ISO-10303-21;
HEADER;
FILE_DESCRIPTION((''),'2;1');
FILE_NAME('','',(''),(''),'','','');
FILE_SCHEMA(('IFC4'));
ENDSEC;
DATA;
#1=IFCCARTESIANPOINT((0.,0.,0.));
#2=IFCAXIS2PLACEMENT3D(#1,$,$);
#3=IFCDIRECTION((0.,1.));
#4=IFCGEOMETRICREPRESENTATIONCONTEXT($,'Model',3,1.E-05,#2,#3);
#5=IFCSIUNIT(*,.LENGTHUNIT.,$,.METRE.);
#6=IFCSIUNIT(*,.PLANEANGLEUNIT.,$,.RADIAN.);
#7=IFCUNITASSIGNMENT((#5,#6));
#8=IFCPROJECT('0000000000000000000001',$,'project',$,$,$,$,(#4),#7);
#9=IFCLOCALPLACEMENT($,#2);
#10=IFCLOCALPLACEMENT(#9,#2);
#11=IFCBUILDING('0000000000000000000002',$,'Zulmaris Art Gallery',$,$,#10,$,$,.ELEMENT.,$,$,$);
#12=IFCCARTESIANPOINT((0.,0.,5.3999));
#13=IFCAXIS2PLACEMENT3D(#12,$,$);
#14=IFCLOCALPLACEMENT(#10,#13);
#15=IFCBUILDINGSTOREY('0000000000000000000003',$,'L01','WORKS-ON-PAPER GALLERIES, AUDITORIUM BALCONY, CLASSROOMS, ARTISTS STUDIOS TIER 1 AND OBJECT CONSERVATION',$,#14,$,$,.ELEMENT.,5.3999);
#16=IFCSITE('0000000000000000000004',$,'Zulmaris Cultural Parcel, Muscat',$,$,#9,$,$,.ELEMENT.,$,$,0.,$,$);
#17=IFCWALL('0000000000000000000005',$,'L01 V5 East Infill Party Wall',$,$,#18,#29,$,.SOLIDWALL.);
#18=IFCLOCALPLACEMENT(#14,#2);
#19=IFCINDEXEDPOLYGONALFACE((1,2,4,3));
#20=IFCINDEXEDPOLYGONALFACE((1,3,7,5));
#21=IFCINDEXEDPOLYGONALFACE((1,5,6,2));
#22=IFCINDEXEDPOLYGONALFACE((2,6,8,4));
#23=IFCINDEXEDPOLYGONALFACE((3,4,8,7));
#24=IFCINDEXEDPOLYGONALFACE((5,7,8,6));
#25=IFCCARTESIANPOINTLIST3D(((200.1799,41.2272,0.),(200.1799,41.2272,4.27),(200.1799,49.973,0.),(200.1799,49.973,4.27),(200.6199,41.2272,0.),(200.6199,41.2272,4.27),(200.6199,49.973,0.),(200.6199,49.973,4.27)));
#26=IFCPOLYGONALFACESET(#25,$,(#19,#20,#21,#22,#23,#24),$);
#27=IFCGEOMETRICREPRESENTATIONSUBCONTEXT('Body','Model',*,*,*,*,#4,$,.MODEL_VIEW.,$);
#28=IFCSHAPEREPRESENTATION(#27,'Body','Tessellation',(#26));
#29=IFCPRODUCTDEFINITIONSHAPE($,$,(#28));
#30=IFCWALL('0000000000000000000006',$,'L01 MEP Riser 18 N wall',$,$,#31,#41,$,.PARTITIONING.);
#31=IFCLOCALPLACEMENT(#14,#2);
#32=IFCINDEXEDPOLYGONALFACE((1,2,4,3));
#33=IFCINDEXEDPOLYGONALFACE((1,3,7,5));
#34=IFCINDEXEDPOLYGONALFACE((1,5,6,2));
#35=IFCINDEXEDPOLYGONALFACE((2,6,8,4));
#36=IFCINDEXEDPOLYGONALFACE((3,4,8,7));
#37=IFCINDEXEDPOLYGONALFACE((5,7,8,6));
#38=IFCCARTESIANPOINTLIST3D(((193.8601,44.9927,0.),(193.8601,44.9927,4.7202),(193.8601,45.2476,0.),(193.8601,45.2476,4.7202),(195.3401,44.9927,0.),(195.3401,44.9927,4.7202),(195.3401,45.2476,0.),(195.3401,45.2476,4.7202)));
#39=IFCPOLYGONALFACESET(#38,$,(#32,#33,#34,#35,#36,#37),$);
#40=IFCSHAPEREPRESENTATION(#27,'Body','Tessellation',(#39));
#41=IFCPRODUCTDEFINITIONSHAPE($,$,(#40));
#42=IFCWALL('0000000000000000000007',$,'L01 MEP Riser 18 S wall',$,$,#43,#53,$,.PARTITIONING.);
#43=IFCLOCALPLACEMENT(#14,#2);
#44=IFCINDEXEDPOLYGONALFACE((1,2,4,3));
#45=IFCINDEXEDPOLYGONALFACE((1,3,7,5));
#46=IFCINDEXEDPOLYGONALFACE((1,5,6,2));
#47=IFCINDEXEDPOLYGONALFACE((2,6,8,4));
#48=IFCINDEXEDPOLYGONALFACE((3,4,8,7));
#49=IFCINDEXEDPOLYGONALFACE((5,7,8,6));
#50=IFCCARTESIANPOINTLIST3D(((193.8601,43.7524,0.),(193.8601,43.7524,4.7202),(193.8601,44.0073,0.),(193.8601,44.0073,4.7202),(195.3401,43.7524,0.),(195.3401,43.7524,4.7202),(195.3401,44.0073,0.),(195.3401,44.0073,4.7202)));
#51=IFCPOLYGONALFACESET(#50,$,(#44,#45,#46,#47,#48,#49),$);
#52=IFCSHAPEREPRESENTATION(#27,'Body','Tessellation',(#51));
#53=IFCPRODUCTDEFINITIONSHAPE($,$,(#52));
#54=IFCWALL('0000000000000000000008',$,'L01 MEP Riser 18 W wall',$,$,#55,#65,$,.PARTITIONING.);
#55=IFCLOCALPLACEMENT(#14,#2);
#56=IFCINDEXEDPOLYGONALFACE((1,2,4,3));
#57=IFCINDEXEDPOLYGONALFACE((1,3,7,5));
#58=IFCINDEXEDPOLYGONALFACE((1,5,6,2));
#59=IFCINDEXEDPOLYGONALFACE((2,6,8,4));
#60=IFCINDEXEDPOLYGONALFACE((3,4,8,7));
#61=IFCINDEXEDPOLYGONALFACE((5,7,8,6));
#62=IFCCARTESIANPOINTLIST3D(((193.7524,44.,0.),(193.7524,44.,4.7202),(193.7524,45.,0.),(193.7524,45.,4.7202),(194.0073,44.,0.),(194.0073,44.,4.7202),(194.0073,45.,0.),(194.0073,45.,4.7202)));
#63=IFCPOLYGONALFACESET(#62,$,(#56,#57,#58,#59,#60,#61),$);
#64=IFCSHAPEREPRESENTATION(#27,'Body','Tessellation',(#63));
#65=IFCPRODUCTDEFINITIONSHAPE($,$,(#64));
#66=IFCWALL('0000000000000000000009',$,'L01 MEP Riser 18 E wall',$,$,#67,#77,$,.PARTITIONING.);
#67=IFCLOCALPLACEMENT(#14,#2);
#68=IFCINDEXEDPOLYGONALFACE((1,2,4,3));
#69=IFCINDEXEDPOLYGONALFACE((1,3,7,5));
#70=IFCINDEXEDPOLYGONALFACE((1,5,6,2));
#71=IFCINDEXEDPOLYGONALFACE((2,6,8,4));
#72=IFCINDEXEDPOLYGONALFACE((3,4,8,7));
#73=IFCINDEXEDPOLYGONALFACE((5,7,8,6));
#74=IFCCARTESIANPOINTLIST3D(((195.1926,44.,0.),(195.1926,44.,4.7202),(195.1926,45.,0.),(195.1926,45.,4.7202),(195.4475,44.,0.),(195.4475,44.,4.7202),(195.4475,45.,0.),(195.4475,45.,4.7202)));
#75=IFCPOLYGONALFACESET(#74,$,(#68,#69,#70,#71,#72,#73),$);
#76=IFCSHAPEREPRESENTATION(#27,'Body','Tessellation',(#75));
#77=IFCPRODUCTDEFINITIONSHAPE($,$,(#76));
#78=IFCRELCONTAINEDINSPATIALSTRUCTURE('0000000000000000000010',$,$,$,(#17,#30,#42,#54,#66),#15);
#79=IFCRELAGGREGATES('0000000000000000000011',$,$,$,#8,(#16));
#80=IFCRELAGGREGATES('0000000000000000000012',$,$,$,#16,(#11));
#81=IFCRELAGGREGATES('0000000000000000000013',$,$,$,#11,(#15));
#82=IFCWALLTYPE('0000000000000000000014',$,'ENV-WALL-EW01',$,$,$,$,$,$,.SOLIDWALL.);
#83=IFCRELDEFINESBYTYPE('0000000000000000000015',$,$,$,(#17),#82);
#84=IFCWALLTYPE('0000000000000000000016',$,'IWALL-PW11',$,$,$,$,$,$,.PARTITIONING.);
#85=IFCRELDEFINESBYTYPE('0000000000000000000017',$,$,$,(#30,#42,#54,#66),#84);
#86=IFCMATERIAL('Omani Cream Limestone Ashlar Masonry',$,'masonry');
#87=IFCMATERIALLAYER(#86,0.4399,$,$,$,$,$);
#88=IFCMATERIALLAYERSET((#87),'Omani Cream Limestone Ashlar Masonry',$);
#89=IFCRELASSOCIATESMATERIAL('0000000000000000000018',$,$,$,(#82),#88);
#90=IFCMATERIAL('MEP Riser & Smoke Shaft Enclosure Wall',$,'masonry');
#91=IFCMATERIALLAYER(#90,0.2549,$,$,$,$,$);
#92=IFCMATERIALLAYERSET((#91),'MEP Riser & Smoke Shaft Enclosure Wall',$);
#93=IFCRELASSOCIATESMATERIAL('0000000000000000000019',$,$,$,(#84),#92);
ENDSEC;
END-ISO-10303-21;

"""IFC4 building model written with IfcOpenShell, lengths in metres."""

from ifc_helpers import new_model, si_unit, direction, frame, frame_2d, origin, place, context, subcontext, project, spatial, rectangle, extrude, material, layer, layer_set, type_object, element, save


model = new_model("IFC4")

# Units and contexts
model_context = context("Model", 3, precision=1e-05, world=origin(), true_north=direction((0.0, 1.0)))
body_context = subcontext(model_context, "Body", "Model", "MODEL_VIEW")
ifc_project = project(units=[si_unit("LENGTHUNIT", "METRE"), si_unit("PLANEANGLEUNIT", "RADIAN")], contexts=[model_context])

# Site, building, storey
site_placement = place(None, origin())
site = spatial("IfcSite", under=ifc_project, at=site_placement, Name="Zulmaris Cultural Parcel, Muscat", CompositionType="ELEMENT", RefElevation=0.0)
building_placement = place(site_placement, origin())
building = spatial("IfcBuilding", under=site, at=building_placement, Name="Zulmaris Art Gallery", CompositionType="ELEMENT")
storey_placement = place(building_placement, frame((0.0, 0.0, 5.3999)))
storey = spatial("IfcBuildingStorey", under=building, at=storey_placement, Name="L01", Description="WORKS-ON-PAPER GALLERIES, AUDITORIUM BALCONY, CLASSROOMS, ARTISTS STUDIOS TIER 1 AND OBJECT CONSERVATION", CompositionType="ELEMENT", Elevation=5.3999)

# Walls
ifc_material_1 = material(Name="Omani Cream Limestone Ashlar Masonry", Category="masonry")
ifc_layer_1 = layer(ifc_material_1, 0.4399)
ifc_layer_set_1 = layer_set([ifc_layer_1], Name="Omani Cream Limestone Ashlar Masonry")
wall_type_1 = type_object("IfcWallType", Name="ENV-WALL-EW01", PredefinedType="SOLIDWALL", material=ifc_layer_set_1)
wall_placement = place(storey_placement, frame((200.3999, 41.2271, 0.0), z_axis=(0.0, 0.0, 1.0), x_axis=(0.0, 1.0, 0.0)))
element("IfcWall", 1, at=wall_placement, inside=storey, type_object=wall_type_1, Name="L01 V5 East Infill Party Wall", PredefinedType="SOLIDWALL", context=body_context, shape_type="SweptSolid", body=[
    extrude(rectangle(XDim=8.7458, YDim=0.4399, at=frame_2d((4.373, 0.0))), origin(), (0.0, 0.0, 1.0), 4.27),
])
ifc_material_2 = material(Name="MEP Riser & Smoke Shaft Enclosure Wall", Category="masonry")
ifc_layer_2 = layer(ifc_material_2, 0.2549)
ifc_layer_set_2 = layer_set([ifc_layer_2], Name="MEP Riser & Smoke Shaft Enclosure Wall")
wall_type_2 = type_object("IfcWallType", Name="IWALL-PW11", PredefinedType="PARTITIONING", material=ifc_layer_set_2)
for number, where, z_axis, x_axis, name in (
    (2, (193.8601, 45.1201, 0.0), (0.0, 0.0, 1.0), (1.0, 0.0, 0.0), "L01 MEP Riser 18 N wall"),
    (3, (193.8601, 43.8799, 0.0), (0.0, 0.0, 1.0), (1.0, 0.0, 0.0), "L01 MEP Riser 18 S wall"),
):
    element("IfcWall", number, at=place(storey_placement, frame(where, z_axis=z_axis, x_axis=x_axis)), inside=storey, type_object=wall_type_2, Name=name, PredefinedType="PARTITIONING", context=body_context, shape_type="SweptSolid", body=[
        extrude(rectangle(XDim=1.48, YDim=0.2549, at=frame_2d((0.74, 0.0))), origin(), (0.0, 0.0, 1.0), 4.7202),
    ])
for number, where, z_axis, x_axis, name in (
    (4, (193.8799, 44.0, 0.0), (0.0, 0.0, 1.0), (0.0, 1.0, 0.0), "L01 MEP Riser 18 W wall"),
    (5, (195.3201, 44.0, 0.0), (0.0, 0.0, 1.0), (0.0, 1.0, 0.0), "L01 MEP Riser 18 E wall"),
):
    element("IfcWall", number, at=place(storey_placement, frame(where, z_axis=z_axis, x_axis=x_axis)), inside=storey, type_object=wall_type_2, Name=name, PredefinedType="PARTITIONING", context=body_context, shape_type="SweptSolid", body=[
        extrude(rectangle(XDim=1.0, YDim=0.2549, at=frame_2d((0.5, 0.0))), origin(), (0.0, 0.0, 1.0), 4.7202),
    ])

save(model, "model.ifc")
